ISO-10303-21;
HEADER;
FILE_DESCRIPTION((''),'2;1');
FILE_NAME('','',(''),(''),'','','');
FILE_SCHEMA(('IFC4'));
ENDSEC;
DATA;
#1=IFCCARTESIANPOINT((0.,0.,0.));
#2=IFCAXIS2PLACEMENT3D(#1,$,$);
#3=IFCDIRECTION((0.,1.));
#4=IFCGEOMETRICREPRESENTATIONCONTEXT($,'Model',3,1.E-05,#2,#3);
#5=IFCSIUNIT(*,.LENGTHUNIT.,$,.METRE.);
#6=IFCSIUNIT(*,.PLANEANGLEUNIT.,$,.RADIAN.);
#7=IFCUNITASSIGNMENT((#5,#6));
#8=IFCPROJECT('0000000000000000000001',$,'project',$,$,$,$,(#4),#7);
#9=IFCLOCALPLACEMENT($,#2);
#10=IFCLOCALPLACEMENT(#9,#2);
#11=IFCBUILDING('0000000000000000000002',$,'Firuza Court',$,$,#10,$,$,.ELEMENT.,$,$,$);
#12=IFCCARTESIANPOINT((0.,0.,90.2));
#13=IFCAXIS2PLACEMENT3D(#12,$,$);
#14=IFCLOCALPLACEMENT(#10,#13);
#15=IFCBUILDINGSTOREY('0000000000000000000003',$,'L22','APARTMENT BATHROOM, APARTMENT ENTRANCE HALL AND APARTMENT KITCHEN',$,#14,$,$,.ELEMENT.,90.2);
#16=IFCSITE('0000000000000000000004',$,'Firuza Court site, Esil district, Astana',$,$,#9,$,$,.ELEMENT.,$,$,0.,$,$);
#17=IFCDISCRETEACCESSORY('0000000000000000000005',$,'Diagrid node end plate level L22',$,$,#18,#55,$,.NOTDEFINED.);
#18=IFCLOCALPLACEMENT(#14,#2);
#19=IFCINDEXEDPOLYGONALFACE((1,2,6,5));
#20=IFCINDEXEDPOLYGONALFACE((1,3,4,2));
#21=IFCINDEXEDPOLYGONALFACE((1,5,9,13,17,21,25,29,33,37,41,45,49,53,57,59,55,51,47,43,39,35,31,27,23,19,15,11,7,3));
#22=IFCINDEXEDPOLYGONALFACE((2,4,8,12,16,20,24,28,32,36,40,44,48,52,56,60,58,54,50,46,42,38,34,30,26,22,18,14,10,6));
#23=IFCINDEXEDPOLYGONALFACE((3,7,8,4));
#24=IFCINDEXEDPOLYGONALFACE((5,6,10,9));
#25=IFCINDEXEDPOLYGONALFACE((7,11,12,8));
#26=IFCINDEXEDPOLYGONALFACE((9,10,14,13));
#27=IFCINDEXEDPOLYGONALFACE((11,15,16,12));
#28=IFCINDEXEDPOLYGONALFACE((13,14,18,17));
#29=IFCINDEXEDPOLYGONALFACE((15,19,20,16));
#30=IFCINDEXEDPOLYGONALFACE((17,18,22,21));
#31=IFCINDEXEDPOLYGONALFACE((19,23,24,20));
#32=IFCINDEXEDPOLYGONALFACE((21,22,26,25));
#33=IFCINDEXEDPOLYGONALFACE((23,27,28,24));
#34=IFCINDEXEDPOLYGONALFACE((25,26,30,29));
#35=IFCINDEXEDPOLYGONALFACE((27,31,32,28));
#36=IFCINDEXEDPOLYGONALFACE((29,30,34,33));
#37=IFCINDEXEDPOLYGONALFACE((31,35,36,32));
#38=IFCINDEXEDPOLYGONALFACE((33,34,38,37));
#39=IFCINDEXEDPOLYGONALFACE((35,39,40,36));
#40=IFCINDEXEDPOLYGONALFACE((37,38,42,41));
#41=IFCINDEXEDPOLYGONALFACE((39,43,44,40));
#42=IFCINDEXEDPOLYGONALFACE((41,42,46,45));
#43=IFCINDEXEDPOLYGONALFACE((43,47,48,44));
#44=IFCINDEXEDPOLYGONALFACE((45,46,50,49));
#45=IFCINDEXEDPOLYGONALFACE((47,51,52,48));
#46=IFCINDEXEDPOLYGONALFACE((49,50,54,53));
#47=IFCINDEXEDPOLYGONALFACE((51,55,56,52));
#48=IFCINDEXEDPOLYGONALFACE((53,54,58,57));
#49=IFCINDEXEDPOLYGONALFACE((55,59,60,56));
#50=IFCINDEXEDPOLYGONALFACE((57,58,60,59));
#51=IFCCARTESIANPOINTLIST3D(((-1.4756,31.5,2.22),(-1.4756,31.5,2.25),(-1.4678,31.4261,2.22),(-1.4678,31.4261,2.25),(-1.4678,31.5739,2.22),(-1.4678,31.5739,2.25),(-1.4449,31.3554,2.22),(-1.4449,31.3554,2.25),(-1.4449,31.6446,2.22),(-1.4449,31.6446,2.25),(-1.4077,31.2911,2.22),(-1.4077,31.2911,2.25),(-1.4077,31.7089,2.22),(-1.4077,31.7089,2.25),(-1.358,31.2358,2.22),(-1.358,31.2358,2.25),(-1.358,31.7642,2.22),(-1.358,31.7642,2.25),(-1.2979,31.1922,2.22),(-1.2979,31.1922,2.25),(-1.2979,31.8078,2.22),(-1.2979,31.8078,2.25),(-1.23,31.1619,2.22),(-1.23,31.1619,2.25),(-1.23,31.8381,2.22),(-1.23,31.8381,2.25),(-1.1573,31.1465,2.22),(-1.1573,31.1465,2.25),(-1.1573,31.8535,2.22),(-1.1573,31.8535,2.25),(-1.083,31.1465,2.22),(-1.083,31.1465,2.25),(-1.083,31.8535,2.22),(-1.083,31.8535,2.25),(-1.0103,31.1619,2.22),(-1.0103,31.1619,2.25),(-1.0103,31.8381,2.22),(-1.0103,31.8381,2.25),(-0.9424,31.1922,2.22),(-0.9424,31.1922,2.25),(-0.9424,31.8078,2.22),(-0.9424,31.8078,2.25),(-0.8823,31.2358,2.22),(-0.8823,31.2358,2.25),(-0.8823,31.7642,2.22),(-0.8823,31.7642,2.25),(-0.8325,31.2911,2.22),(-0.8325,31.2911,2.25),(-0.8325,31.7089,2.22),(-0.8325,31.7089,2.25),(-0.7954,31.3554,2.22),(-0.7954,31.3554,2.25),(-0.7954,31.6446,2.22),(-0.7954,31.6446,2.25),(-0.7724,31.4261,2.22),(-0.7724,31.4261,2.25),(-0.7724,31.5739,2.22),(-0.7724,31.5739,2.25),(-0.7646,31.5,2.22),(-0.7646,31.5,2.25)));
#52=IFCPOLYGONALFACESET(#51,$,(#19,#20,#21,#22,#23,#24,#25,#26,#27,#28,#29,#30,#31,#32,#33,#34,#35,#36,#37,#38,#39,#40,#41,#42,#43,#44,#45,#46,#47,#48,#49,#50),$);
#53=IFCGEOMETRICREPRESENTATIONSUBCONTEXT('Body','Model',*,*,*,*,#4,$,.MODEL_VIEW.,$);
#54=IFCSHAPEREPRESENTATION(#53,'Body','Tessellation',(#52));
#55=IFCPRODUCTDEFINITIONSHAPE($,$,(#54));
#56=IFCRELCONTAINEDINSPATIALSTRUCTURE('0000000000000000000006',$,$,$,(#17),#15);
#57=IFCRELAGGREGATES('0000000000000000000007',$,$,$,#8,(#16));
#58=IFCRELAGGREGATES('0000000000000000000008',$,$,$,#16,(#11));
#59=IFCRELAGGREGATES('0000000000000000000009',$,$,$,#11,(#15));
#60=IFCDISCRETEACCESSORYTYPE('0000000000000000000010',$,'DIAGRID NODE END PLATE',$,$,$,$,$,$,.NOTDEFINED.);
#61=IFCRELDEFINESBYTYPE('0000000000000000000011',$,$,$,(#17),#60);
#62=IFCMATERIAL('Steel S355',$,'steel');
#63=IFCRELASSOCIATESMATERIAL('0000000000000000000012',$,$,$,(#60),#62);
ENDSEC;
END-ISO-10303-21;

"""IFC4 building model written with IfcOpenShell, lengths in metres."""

from ifc_helpers import new_model, si_unit, direction, frame, origin, origin_2d, place, context, subcontext, project, spatial, circle, extrude, material, material_profile, profile_set, type_object, element, save


model = new_model("IFC4")

# Units and contexts
model_context = context("Model", 3, precision=1e-05, world=origin(), true_north=direction((0.0, 1.0)))
body_context = subcontext(model_context, "Body", "Model", "MODEL_VIEW")
ifc_project = project(units=[si_unit("LENGTHUNIT", "METRE"), si_unit("PLANEANGLEUNIT", "RADIAN")], contexts=[model_context])

# Site, building, storey
site_placement = place(None, origin())
site = spatial("IfcSite", under=ifc_project, at=site_placement, Name="Firuza Court site, Esil district, Astana", CompositionType="ELEMENT", RefElevation=0.0)
building_placement = place(site_placement, origin())
building = spatial("IfcBuilding", under=site, at=building_placement, Name="Firuza Court", CompositionType="ELEMENT")
storey_placement = place(building_placement, frame((0.0, 0.0, 90.2)))
storey = spatial("IfcBuildingStorey", under=building, at=storey_placement, Name="L22", Description="APARTMENT BATHROOM, APARTMENT ENTRANCE HALL AND APARTMENT KITCHEN", CompositionType="ELEMENT", Elevation=90.2)

# Discrete accessory
ifc_material_1 = material(Name="Steel S355", Category="steel")
ifc_material_profile_1 = material_profile(ifc_material_1, circle(Radius=0.3555, at=origin_2d()), Name="PL D711")
ifc_profile_set_1 = profile_set([ifc_material_profile_1], Name="Steel S355")
discrete_accessory_type = type_object("IfcDiscreteAccessoryType", Name="DIAGRID NODE END PLATE", PredefinedType="NOTDEFINED", material=ifc_profile_set_1)
for number, where, z_axis, x_axis, name in (
    (1, (-1.1201, 31.5, 2.22), (0.0, 0.0, 1.0), (1.0, 0.0, 0.0), "Diagrid node end plate level L22"),
):
    element("IfcDiscreteAccessory", number, at=place(storey_placement, frame(where, z_axis=z_axis, x_axis=x_axis)), inside=storey, type_object=discrete_accessory_type, Name=name, PredefinedType="NOTDEFINED", context=body_context, shape_type="SweptSolid", body=[
        extrude(circle(Radius=0.3555, at=origin_2d()), origin(), (0.0, 0.0, 1.0), 0.03),
    ])

save(model, "model.ifc")
